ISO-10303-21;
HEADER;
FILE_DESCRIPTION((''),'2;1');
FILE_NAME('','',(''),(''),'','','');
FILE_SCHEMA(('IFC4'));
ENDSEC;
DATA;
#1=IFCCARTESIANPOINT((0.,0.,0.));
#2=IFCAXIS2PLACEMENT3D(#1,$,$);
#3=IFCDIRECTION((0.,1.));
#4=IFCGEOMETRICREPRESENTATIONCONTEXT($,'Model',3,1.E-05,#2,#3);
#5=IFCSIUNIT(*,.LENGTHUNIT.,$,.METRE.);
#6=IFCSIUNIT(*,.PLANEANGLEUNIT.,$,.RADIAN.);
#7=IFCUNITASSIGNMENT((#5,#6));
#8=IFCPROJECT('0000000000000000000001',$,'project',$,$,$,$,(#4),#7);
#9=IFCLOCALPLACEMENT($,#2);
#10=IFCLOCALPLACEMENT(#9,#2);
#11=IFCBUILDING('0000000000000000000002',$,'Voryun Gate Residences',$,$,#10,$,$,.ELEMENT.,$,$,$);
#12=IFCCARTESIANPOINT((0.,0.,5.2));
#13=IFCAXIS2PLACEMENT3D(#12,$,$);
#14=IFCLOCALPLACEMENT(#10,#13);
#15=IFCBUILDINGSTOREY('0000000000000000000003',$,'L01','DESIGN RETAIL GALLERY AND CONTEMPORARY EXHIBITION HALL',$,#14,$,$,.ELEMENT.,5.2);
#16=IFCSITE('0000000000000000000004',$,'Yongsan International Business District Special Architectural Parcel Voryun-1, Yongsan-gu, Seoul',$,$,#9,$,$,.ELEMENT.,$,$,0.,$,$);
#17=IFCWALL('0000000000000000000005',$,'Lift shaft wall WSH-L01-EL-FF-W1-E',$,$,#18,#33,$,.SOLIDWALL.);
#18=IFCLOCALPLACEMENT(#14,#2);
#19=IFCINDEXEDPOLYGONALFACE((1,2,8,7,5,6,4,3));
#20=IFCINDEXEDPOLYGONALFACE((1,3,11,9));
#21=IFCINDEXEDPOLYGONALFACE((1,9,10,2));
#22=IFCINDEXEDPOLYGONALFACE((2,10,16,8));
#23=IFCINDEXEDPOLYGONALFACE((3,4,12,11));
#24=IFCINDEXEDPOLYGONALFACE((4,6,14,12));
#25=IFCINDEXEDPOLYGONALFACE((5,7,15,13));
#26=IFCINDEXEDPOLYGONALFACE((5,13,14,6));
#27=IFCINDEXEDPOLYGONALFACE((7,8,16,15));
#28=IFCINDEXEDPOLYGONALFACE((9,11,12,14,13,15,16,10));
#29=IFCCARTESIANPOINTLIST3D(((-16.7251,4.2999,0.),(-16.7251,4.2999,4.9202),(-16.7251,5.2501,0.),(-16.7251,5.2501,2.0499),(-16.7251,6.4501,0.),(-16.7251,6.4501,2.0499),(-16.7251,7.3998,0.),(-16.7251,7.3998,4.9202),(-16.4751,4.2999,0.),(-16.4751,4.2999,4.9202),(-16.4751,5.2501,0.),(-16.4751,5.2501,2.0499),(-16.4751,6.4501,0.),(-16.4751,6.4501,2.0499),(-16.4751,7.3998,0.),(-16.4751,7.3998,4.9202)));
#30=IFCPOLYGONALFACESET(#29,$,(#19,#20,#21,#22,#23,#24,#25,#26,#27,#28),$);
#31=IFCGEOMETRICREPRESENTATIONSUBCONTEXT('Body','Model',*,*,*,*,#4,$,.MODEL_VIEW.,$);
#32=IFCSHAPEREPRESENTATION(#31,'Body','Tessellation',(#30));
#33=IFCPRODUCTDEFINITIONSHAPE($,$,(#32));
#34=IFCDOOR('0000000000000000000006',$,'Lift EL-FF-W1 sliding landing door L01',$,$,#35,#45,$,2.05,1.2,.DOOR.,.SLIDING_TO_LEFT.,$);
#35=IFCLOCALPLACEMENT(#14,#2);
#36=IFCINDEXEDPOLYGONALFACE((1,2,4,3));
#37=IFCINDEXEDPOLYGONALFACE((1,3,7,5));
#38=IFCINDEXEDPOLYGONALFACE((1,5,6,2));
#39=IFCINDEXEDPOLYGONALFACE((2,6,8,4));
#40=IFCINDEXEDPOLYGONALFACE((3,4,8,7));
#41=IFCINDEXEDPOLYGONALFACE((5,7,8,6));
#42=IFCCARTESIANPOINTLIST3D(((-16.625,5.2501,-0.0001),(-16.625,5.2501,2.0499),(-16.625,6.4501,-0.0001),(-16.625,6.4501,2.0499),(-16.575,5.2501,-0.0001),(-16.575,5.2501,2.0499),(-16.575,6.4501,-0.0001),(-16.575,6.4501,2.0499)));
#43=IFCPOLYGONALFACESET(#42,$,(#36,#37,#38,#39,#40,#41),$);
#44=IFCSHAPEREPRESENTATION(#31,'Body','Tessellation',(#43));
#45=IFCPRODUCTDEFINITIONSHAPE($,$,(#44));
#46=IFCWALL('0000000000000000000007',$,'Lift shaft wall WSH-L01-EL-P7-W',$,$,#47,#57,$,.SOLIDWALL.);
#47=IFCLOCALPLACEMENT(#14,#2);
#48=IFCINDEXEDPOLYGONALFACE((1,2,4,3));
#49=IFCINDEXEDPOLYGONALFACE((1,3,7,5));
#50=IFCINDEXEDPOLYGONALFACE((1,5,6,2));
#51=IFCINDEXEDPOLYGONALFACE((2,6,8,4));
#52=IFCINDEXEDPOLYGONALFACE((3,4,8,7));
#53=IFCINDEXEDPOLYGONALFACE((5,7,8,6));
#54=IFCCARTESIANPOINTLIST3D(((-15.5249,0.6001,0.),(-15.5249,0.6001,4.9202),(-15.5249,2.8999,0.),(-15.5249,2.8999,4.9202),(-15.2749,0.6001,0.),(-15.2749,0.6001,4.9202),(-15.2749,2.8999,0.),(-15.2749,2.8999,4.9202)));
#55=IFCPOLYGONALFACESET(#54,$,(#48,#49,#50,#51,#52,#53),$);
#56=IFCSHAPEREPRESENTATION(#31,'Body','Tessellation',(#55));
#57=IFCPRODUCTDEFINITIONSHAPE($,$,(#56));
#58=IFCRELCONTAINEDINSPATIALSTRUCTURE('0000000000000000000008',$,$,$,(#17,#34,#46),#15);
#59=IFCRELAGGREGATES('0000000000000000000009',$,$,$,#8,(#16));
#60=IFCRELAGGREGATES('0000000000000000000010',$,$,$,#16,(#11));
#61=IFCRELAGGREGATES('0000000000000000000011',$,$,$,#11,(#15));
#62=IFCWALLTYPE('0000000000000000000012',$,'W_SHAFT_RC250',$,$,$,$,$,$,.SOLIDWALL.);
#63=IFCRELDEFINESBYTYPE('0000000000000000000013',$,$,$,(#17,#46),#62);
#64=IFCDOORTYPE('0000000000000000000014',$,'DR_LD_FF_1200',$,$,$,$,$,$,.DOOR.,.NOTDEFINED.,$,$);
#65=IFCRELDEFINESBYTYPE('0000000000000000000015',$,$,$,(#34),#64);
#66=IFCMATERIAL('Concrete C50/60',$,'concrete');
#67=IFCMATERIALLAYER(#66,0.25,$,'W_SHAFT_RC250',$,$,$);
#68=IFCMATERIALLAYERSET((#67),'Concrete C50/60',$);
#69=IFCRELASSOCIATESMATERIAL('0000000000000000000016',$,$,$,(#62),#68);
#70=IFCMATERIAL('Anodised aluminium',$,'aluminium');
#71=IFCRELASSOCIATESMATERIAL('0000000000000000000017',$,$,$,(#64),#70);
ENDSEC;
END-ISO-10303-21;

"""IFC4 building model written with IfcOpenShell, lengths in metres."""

from ifc_helpers import new_model, si_unit, direction, frame, frame_2d, origin, place, context, subcontext, project, spatial, rectangle, extrude, material, layer, layer_set, type_object, element, fill, save


model = new_model("IFC4")

# Units and contexts
model_context = context("Model", 3, precision=1e-05, world=origin(), true_north=direction((0.0, 1.0)))
body_context = subcontext(model_context, "Body", "Model", "MODEL_VIEW")
ifc_project = project(units=[si_unit("LENGTHUNIT", "METRE"), si_unit("PLANEANGLEUNIT", "RADIAN")], contexts=[model_context])

# Site, building, storey
site_placement = place(None, origin())
site = spatial("IfcSite", under=ifc_project, at=site_placement, Name="Yongsan International Business District Special Architectural Parcel Voryun-1, Yongsan-gu, Seoul", CompositionType="ELEMENT", RefElevation=0.0)
building_placement = place(site_placement, origin())
building = spatial("IfcBuilding", under=site, at=building_placement, Name="Voryun Gate Residences", CompositionType="ELEMENT")
storey_placement = place(building_placement, frame((0.0, 0.0, 5.2)))
storey = spatial("IfcBuildingStorey", under=building, at=storey_placement, Name="L01", Description="DESIGN RETAIL GALLERY AND CONTEMPORARY EXHIBITION HALL", CompositionType="ELEMENT", Elevation=5.2)

# Shared definitions
ifc_material_1 = material(Name="Concrete C50/60", Category="concrete")
ifc_layer_1 = layer(ifc_material_1, 0.25, Name="W_SHAFT_RC250")
ifc_layer_set_1 = layer_set([ifc_layer_1], Name="Concrete C50/60")
wall_type_1 = type_object("IfcWallType", Name="W_SHAFT_RC250", PredefinedType="SOLIDWALL", material=ifc_layer_set_1)

# Wall, opening, door
wall_1_placement = place(storey_placement, frame((-16.6001, 4.3, 0.0), z_axis=(0.0, 0.0, 1.0), x_axis=(0.0, 1.0, 0.0)))
wall_1 = element("IfcWall", 1, at=wall_1_placement, inside=storey, type_object=wall_type_1, Name="Lift shaft wall WSH-L01-EL-FF-W1-E", PredefinedType="SOLIDWALL", context=body_context, shape_type="SweptSolid", body=[
    extrude(rectangle(XDim=3.0999, YDim=0.25, at=frame_2d((1.5498, 0.0))), origin(), (0.0, 0.0, 1.0), 4.9202),
])
opening_1_placement = place(wall_1_placement, frame((0.95, 0.0, 0.0)))
opening_1 = element("IfcOpeningElement", 2, at=opening_1_placement, cuts=wall_1, PredefinedType="OPENING", context=body_context, shape_type="SweptSolid", body=[
    extrude(rectangle(XDim=1.2, YDim=2.05, at=frame_2d((0.6001, 1.0249))), frame((0.0, 0.135, 0.0), z_axis=(0.0, -1.0, 0.0), x_axis=(1.0, 0.0, 0.0)), (0.0, 0.0, 1.0), 0.27),
])
ifc_material_2 = material(Name="Anodised aluminium", Category="aluminium")
door_type_1 = type_object("IfcDoorType", Name="DR_LD_FF_1200", OperationType="NOTDEFINED", PredefinedType="DOOR", material=ifc_material_2)
door_1_placement = place(opening_1_placement, origin())
door_1 = element("IfcDoor", 3, at=door_1_placement, inside=storey, type_object=door_type_1, Name="Lift EL-FF-W1 sliding landing door L01", OperationType="SLIDING_TO_LEFT", OverallHeight=2.05, OverallWidth=1.2, PredefinedType="DOOR", context=body_context, shape_type="SweptSolid", body=[
    extrude(rectangle(XDim=1.2, YDim=2.05, at=frame_2d((0.6001, 1.0249))), frame((0.0, 0.0249, 0.0), z_axis=(0.0, -1.0, 0.0), x_axis=(1.0, 0.0, 0.0)), (0.0, 0.0, 1.0), 0.05),
])
fill(opening_1, door_1)

# Wall
wall_2_placement = place(storey_placement, frame((-15.3999, 2.8999, 0.0), z_axis=(0.0, 0.0, 1.0), x_axis=(0.0, -1.0, 0.0)))
element("IfcWall", 4, at=wall_2_placement, inside=storey, type_object=wall_type_1, Name="Lift shaft wall WSH-L01-EL-P7-W", PredefinedType="SOLIDWALL", context=body_context, shape_type="SweptSolid", body=[
    extrude(rectangle(XDim=2.2998, YDim=0.25, at=frame_2d((1.1499, 0.0))), origin(), (0.0, 0.0, 1.0), 4.9202),
])

save(model, "model.ifc")
